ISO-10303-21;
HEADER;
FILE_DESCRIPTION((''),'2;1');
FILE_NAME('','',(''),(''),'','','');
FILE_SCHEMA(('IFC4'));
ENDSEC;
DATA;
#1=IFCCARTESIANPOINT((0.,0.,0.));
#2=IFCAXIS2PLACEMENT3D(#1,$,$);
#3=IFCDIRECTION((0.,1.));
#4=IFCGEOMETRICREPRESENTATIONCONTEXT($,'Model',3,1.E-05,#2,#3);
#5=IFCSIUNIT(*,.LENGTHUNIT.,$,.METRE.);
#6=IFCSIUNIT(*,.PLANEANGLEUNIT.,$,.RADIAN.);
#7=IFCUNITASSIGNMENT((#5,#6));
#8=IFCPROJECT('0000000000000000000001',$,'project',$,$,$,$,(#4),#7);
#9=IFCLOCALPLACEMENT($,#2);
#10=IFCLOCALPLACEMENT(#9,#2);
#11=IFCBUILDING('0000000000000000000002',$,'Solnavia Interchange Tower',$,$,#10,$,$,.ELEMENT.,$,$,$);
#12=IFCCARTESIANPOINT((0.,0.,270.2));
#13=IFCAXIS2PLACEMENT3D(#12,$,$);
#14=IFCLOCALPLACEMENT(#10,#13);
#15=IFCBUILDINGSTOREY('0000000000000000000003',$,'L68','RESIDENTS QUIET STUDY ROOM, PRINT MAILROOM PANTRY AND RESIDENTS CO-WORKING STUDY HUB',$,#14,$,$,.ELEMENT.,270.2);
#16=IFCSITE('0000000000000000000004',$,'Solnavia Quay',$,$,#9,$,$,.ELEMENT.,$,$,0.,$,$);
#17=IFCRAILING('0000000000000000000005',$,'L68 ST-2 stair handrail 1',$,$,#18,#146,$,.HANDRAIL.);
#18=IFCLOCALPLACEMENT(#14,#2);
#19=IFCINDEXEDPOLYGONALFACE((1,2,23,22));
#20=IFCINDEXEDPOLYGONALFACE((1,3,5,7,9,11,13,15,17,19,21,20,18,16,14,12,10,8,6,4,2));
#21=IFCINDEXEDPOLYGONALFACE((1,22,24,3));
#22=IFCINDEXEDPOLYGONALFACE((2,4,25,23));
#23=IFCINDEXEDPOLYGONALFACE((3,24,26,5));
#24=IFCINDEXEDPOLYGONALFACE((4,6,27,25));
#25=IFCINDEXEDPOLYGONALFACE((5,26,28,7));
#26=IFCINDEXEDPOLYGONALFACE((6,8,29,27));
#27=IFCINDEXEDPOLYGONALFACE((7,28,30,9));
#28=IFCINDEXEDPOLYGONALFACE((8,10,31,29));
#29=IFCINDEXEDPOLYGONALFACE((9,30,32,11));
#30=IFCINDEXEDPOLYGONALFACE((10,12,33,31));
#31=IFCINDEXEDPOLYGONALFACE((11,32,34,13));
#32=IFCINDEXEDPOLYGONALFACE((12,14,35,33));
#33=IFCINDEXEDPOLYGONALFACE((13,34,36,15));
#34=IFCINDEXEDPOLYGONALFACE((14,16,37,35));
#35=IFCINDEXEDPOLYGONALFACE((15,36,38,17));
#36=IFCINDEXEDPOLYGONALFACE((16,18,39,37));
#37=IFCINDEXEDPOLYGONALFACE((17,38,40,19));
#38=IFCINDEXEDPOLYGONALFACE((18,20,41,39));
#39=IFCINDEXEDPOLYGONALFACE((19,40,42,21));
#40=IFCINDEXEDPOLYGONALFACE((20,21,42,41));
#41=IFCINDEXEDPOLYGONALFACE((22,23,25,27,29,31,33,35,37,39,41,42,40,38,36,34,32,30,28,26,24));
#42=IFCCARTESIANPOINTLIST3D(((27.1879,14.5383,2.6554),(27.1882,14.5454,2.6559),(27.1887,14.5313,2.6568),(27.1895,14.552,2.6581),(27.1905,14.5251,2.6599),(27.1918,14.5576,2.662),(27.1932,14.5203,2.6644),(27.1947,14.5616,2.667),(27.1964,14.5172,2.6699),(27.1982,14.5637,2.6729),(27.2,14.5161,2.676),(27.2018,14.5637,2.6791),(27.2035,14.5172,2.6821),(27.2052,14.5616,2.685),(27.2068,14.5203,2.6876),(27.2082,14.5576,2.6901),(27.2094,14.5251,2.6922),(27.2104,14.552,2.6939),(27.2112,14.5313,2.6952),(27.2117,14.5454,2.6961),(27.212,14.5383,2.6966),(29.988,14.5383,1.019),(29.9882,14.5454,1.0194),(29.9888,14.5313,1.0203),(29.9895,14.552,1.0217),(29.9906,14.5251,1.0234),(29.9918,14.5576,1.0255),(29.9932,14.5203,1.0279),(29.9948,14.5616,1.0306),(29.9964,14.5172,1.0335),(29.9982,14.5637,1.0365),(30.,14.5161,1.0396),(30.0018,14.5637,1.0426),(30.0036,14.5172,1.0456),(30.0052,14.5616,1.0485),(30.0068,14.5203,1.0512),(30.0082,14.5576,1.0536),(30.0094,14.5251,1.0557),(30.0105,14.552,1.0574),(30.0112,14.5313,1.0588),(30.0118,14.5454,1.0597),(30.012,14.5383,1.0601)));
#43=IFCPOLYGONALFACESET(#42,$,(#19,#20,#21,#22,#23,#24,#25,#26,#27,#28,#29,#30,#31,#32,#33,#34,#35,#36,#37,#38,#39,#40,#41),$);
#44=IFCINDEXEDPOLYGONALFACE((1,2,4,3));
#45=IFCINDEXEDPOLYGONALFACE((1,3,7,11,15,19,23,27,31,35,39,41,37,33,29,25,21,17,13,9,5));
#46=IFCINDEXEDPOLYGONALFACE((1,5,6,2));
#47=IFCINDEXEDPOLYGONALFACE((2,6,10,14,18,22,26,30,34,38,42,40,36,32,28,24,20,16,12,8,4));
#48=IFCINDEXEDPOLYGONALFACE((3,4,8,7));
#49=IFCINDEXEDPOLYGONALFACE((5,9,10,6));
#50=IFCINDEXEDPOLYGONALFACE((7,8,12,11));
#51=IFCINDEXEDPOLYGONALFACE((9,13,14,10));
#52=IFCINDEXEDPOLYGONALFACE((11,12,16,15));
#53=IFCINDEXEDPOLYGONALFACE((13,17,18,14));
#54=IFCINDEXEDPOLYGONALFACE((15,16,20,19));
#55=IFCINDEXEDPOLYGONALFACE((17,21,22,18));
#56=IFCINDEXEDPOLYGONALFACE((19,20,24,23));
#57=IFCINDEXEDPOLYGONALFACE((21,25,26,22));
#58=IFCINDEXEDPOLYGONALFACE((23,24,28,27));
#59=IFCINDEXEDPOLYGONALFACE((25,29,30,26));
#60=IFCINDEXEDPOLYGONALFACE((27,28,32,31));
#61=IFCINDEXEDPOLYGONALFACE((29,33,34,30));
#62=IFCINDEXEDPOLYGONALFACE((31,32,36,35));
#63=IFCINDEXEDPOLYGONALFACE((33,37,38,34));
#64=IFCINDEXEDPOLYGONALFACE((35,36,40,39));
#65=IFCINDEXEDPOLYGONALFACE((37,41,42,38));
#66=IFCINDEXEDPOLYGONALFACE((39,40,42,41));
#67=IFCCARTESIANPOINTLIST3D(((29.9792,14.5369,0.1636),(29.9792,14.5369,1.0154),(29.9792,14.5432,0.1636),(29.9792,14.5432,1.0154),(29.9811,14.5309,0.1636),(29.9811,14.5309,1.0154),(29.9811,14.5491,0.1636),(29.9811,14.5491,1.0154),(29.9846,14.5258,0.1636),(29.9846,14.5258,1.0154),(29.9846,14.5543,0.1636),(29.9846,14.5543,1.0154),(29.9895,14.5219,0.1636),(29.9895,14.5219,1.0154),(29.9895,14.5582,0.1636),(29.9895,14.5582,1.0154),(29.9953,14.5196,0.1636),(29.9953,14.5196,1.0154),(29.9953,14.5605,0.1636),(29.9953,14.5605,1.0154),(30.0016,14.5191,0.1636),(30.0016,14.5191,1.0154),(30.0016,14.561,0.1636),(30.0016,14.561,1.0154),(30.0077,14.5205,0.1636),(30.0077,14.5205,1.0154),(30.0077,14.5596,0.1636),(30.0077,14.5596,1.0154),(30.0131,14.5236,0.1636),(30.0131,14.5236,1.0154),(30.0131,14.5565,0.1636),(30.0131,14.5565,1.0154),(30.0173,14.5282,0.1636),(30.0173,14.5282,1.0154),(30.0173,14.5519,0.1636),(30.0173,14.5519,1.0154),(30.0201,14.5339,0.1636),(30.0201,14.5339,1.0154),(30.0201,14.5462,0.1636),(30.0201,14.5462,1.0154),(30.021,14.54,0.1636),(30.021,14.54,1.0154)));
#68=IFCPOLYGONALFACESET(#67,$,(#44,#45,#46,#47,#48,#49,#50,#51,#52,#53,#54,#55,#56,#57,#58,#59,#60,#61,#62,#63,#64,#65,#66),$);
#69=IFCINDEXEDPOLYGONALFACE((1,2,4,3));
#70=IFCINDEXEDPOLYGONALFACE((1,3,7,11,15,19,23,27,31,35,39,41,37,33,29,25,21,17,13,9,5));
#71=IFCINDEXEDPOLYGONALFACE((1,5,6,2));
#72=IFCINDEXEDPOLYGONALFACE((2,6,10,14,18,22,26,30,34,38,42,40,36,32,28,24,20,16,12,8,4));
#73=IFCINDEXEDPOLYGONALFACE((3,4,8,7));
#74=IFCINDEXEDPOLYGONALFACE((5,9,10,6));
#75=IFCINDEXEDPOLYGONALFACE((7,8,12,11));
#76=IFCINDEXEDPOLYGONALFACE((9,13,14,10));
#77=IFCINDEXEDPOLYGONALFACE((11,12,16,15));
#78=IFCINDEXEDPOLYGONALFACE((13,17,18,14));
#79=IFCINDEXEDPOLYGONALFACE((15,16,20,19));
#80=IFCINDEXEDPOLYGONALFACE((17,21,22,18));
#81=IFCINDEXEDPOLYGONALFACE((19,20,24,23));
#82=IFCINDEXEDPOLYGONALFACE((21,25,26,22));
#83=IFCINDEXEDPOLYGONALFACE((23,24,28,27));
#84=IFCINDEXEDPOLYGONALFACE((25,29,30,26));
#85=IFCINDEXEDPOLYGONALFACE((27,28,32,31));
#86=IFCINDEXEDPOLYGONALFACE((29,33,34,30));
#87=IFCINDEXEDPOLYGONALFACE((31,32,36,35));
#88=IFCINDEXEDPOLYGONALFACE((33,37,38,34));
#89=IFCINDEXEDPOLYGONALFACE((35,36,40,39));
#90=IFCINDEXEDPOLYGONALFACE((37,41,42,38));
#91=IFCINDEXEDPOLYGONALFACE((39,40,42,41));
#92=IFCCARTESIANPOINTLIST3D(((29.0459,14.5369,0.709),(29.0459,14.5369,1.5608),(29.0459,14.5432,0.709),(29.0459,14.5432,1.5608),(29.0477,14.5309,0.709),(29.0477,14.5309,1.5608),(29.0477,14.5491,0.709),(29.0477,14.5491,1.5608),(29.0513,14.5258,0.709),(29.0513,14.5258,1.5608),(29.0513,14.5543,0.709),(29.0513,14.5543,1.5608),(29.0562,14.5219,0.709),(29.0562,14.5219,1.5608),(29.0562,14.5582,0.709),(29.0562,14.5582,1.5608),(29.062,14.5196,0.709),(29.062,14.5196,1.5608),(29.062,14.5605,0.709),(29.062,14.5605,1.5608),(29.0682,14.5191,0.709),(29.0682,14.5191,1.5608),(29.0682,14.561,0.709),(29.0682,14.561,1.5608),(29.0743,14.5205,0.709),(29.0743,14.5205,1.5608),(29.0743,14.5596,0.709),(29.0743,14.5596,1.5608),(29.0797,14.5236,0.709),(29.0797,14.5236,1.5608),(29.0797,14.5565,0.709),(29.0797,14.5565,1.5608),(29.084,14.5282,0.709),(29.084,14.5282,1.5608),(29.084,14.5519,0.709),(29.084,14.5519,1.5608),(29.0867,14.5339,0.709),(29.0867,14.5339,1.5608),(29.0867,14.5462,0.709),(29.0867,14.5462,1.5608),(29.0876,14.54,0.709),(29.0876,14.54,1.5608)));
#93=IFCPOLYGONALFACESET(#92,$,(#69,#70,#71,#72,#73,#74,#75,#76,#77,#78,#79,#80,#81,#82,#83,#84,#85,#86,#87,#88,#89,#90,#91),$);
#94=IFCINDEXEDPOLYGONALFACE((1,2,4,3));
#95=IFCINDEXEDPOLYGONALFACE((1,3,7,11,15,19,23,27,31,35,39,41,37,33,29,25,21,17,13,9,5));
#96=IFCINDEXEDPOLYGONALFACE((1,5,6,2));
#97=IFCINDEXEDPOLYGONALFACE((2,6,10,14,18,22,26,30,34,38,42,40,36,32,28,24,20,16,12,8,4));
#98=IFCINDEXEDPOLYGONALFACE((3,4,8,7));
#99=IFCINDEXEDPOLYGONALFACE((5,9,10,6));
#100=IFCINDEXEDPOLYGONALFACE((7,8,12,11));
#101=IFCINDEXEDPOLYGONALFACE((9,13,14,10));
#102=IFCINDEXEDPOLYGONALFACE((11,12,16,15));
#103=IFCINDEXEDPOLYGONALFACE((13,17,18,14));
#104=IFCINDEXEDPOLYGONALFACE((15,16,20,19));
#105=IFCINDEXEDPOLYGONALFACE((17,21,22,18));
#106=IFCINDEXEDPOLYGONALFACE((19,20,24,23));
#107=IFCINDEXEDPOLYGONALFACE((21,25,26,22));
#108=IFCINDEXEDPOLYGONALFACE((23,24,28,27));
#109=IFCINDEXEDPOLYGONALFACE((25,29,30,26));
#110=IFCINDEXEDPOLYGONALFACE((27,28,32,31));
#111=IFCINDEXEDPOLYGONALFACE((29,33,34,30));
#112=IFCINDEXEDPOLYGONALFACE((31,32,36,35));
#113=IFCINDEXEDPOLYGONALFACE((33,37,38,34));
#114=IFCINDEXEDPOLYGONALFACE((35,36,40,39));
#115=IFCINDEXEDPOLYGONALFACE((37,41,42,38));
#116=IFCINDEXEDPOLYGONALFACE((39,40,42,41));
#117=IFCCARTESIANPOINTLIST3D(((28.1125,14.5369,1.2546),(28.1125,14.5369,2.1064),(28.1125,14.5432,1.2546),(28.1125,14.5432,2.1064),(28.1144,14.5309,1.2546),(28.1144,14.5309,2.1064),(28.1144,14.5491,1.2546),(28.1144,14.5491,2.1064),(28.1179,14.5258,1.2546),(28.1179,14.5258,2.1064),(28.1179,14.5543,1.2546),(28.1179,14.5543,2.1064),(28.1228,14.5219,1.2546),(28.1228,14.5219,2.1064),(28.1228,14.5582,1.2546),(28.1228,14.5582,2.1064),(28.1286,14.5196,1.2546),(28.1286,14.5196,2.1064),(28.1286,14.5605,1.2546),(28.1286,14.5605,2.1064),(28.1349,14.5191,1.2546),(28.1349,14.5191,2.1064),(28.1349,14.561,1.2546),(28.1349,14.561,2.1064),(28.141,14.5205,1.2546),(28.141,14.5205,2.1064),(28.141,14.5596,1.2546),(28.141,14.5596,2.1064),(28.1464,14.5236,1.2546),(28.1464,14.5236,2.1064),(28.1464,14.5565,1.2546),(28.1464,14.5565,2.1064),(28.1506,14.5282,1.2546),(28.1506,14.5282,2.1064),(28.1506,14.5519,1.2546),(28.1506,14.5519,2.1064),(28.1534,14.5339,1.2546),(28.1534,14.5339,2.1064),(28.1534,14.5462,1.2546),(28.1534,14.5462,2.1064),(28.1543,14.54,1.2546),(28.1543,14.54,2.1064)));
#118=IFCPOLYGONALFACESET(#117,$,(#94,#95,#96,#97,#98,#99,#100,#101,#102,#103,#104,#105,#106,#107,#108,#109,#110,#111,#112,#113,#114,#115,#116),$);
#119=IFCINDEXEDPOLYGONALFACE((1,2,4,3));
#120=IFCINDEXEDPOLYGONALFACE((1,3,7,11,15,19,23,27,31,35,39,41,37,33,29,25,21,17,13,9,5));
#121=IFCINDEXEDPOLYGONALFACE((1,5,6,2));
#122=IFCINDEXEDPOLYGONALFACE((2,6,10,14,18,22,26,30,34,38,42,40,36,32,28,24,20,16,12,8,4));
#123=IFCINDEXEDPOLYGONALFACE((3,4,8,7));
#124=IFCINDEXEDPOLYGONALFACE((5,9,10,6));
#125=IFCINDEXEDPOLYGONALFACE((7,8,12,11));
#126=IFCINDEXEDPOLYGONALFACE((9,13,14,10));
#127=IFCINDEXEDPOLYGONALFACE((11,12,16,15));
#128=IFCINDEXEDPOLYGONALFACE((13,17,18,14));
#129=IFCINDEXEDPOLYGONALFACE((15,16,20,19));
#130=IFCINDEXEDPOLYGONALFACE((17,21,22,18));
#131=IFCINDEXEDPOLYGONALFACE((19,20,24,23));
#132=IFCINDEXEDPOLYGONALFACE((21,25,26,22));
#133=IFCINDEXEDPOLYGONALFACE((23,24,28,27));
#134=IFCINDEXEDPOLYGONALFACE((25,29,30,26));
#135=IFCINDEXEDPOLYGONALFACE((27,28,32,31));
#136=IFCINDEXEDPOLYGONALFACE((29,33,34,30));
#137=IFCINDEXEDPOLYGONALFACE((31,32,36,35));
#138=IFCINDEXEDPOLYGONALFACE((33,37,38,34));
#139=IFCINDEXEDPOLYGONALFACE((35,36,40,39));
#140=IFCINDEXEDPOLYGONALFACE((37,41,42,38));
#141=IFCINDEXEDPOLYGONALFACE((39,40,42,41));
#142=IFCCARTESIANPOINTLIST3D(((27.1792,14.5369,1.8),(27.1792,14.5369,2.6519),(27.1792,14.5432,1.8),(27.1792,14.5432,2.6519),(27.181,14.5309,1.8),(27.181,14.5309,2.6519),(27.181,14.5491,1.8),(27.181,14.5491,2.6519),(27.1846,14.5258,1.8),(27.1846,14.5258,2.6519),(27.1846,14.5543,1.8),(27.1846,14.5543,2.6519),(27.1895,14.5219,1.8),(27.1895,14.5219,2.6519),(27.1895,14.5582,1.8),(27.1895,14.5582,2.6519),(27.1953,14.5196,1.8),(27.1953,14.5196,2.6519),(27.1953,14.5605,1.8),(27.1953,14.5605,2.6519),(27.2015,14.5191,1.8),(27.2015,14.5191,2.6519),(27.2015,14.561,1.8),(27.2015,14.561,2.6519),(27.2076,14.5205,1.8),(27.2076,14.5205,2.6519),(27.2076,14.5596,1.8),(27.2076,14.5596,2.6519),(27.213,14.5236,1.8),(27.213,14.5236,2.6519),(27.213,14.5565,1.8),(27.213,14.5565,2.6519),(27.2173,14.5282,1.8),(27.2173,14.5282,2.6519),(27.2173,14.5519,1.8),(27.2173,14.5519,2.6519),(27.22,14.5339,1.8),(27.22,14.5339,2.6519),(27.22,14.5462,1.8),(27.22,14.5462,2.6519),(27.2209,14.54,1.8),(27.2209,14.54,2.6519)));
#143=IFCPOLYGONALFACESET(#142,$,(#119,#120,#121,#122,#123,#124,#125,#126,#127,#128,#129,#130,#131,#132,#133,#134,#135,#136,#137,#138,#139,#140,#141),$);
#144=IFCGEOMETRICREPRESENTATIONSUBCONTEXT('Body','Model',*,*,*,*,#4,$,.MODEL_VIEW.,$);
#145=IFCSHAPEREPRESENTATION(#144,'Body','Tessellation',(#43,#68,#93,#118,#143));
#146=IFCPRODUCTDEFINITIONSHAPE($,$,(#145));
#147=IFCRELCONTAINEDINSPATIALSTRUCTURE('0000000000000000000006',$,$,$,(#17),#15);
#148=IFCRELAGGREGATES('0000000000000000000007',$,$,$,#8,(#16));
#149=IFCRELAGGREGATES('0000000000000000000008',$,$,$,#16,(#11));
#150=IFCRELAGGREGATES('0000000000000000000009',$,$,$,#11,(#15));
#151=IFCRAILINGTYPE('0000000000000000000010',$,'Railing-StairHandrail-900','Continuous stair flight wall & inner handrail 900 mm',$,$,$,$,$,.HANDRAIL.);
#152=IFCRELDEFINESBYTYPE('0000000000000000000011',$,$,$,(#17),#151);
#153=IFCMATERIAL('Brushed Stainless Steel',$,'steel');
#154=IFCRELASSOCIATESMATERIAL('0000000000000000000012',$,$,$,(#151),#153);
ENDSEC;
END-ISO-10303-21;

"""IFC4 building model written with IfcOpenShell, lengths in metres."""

from ifc_helpers import new_model, si_unit, direction, frame, origin, origin_2d, place, context, subcontext, project, spatial, circle, extrude, material, type_object, element, save


model = new_model("IFC4")

# Units and contexts
model_context = context("Model", 3, precision=1e-05, world=origin(), true_north=direction((0.0, 1.0)))
body_context = subcontext(model_context, "Body", "Model", "MODEL_VIEW")
ifc_project = project(units=[si_unit("LENGTHUNIT", "METRE"), si_unit("PLANEANGLEUNIT", "RADIAN")], contexts=[model_context])

# Site, building, storey
site_placement = place(None, origin())
site = spatial("IfcSite", under=ifc_project, at=site_placement, Name="Solnavia Quay", CompositionType="ELEMENT", RefElevation=0.0)
building_placement = place(site_placement, origin())
building = spatial("IfcBuilding", under=site, at=building_placement, Name="Solnavia Interchange Tower", CompositionType="ELEMENT")
storey_placement = place(building_placement, frame((0.0, 0.0, 270.2)))
storey = spatial("IfcBuildingStorey", under=building, at=storey_placement, Name="L68", Description="RESIDENTS QUIET STUDY ROOM, PRINT MAILROOM PANTRY AND RESIDENTS CO-WORKING STUDY HUB", CompositionType="ELEMENT", Elevation=270.2)

# Railing
ifc_material_1 = material(Name="Brushed Stainless Steel", Category="steel")
railing_type_1 = type_object("IfcRailingType", Name="Railing-StairHandrail-900", Description="Continuous stair flight wall & inner handrail 900 mm", PredefinedType="HANDRAIL", material=ifc_material_1)
railing_1_placement = place(storey_placement, frame((30.0, 14.54, 0.1636)))
element("IfcRailing", 1, at=railing_1_placement, inside=storey, type_object=railing_type_1, Name="L68 ST-2 stair handrail 1", PredefinedType="HANDRAIL", context=body_context, shape_type="SweptSolid", body=[
    extrude(circle(Radius=0.0239, at=origin_2d()), frame((0.0, 0.0, 0.876), z_axis=(-0.863361, 0.0, 0.504587), x_axis=(0.0, -1.0, 0.0)), (0.0, 0.0, 1.0), 3.2432),
    extrude(circle(Radius=0.021, at=origin_2d()), origin(), (0.0, 0.0, 1.0), 0.8518),
    extrude(circle(Radius=0.021, at=origin_2d()), frame((-0.9333, 0.0, 0.5454)), (0.0, 0.0, 1.0), 0.8518),
    extrude(circle(Radius=0.021, at=origin_2d()), frame((-1.8667, 0.0, 1.0911)), (0.0, 0.0, 1.0), 0.8518),
    extrude(circle(Radius=0.021, at=origin_2d()), frame((-2.8, 0.0, 1.6365)), (0.0, 0.0, 1.0), 0.8518),
])

save(model, "model.ifc")
